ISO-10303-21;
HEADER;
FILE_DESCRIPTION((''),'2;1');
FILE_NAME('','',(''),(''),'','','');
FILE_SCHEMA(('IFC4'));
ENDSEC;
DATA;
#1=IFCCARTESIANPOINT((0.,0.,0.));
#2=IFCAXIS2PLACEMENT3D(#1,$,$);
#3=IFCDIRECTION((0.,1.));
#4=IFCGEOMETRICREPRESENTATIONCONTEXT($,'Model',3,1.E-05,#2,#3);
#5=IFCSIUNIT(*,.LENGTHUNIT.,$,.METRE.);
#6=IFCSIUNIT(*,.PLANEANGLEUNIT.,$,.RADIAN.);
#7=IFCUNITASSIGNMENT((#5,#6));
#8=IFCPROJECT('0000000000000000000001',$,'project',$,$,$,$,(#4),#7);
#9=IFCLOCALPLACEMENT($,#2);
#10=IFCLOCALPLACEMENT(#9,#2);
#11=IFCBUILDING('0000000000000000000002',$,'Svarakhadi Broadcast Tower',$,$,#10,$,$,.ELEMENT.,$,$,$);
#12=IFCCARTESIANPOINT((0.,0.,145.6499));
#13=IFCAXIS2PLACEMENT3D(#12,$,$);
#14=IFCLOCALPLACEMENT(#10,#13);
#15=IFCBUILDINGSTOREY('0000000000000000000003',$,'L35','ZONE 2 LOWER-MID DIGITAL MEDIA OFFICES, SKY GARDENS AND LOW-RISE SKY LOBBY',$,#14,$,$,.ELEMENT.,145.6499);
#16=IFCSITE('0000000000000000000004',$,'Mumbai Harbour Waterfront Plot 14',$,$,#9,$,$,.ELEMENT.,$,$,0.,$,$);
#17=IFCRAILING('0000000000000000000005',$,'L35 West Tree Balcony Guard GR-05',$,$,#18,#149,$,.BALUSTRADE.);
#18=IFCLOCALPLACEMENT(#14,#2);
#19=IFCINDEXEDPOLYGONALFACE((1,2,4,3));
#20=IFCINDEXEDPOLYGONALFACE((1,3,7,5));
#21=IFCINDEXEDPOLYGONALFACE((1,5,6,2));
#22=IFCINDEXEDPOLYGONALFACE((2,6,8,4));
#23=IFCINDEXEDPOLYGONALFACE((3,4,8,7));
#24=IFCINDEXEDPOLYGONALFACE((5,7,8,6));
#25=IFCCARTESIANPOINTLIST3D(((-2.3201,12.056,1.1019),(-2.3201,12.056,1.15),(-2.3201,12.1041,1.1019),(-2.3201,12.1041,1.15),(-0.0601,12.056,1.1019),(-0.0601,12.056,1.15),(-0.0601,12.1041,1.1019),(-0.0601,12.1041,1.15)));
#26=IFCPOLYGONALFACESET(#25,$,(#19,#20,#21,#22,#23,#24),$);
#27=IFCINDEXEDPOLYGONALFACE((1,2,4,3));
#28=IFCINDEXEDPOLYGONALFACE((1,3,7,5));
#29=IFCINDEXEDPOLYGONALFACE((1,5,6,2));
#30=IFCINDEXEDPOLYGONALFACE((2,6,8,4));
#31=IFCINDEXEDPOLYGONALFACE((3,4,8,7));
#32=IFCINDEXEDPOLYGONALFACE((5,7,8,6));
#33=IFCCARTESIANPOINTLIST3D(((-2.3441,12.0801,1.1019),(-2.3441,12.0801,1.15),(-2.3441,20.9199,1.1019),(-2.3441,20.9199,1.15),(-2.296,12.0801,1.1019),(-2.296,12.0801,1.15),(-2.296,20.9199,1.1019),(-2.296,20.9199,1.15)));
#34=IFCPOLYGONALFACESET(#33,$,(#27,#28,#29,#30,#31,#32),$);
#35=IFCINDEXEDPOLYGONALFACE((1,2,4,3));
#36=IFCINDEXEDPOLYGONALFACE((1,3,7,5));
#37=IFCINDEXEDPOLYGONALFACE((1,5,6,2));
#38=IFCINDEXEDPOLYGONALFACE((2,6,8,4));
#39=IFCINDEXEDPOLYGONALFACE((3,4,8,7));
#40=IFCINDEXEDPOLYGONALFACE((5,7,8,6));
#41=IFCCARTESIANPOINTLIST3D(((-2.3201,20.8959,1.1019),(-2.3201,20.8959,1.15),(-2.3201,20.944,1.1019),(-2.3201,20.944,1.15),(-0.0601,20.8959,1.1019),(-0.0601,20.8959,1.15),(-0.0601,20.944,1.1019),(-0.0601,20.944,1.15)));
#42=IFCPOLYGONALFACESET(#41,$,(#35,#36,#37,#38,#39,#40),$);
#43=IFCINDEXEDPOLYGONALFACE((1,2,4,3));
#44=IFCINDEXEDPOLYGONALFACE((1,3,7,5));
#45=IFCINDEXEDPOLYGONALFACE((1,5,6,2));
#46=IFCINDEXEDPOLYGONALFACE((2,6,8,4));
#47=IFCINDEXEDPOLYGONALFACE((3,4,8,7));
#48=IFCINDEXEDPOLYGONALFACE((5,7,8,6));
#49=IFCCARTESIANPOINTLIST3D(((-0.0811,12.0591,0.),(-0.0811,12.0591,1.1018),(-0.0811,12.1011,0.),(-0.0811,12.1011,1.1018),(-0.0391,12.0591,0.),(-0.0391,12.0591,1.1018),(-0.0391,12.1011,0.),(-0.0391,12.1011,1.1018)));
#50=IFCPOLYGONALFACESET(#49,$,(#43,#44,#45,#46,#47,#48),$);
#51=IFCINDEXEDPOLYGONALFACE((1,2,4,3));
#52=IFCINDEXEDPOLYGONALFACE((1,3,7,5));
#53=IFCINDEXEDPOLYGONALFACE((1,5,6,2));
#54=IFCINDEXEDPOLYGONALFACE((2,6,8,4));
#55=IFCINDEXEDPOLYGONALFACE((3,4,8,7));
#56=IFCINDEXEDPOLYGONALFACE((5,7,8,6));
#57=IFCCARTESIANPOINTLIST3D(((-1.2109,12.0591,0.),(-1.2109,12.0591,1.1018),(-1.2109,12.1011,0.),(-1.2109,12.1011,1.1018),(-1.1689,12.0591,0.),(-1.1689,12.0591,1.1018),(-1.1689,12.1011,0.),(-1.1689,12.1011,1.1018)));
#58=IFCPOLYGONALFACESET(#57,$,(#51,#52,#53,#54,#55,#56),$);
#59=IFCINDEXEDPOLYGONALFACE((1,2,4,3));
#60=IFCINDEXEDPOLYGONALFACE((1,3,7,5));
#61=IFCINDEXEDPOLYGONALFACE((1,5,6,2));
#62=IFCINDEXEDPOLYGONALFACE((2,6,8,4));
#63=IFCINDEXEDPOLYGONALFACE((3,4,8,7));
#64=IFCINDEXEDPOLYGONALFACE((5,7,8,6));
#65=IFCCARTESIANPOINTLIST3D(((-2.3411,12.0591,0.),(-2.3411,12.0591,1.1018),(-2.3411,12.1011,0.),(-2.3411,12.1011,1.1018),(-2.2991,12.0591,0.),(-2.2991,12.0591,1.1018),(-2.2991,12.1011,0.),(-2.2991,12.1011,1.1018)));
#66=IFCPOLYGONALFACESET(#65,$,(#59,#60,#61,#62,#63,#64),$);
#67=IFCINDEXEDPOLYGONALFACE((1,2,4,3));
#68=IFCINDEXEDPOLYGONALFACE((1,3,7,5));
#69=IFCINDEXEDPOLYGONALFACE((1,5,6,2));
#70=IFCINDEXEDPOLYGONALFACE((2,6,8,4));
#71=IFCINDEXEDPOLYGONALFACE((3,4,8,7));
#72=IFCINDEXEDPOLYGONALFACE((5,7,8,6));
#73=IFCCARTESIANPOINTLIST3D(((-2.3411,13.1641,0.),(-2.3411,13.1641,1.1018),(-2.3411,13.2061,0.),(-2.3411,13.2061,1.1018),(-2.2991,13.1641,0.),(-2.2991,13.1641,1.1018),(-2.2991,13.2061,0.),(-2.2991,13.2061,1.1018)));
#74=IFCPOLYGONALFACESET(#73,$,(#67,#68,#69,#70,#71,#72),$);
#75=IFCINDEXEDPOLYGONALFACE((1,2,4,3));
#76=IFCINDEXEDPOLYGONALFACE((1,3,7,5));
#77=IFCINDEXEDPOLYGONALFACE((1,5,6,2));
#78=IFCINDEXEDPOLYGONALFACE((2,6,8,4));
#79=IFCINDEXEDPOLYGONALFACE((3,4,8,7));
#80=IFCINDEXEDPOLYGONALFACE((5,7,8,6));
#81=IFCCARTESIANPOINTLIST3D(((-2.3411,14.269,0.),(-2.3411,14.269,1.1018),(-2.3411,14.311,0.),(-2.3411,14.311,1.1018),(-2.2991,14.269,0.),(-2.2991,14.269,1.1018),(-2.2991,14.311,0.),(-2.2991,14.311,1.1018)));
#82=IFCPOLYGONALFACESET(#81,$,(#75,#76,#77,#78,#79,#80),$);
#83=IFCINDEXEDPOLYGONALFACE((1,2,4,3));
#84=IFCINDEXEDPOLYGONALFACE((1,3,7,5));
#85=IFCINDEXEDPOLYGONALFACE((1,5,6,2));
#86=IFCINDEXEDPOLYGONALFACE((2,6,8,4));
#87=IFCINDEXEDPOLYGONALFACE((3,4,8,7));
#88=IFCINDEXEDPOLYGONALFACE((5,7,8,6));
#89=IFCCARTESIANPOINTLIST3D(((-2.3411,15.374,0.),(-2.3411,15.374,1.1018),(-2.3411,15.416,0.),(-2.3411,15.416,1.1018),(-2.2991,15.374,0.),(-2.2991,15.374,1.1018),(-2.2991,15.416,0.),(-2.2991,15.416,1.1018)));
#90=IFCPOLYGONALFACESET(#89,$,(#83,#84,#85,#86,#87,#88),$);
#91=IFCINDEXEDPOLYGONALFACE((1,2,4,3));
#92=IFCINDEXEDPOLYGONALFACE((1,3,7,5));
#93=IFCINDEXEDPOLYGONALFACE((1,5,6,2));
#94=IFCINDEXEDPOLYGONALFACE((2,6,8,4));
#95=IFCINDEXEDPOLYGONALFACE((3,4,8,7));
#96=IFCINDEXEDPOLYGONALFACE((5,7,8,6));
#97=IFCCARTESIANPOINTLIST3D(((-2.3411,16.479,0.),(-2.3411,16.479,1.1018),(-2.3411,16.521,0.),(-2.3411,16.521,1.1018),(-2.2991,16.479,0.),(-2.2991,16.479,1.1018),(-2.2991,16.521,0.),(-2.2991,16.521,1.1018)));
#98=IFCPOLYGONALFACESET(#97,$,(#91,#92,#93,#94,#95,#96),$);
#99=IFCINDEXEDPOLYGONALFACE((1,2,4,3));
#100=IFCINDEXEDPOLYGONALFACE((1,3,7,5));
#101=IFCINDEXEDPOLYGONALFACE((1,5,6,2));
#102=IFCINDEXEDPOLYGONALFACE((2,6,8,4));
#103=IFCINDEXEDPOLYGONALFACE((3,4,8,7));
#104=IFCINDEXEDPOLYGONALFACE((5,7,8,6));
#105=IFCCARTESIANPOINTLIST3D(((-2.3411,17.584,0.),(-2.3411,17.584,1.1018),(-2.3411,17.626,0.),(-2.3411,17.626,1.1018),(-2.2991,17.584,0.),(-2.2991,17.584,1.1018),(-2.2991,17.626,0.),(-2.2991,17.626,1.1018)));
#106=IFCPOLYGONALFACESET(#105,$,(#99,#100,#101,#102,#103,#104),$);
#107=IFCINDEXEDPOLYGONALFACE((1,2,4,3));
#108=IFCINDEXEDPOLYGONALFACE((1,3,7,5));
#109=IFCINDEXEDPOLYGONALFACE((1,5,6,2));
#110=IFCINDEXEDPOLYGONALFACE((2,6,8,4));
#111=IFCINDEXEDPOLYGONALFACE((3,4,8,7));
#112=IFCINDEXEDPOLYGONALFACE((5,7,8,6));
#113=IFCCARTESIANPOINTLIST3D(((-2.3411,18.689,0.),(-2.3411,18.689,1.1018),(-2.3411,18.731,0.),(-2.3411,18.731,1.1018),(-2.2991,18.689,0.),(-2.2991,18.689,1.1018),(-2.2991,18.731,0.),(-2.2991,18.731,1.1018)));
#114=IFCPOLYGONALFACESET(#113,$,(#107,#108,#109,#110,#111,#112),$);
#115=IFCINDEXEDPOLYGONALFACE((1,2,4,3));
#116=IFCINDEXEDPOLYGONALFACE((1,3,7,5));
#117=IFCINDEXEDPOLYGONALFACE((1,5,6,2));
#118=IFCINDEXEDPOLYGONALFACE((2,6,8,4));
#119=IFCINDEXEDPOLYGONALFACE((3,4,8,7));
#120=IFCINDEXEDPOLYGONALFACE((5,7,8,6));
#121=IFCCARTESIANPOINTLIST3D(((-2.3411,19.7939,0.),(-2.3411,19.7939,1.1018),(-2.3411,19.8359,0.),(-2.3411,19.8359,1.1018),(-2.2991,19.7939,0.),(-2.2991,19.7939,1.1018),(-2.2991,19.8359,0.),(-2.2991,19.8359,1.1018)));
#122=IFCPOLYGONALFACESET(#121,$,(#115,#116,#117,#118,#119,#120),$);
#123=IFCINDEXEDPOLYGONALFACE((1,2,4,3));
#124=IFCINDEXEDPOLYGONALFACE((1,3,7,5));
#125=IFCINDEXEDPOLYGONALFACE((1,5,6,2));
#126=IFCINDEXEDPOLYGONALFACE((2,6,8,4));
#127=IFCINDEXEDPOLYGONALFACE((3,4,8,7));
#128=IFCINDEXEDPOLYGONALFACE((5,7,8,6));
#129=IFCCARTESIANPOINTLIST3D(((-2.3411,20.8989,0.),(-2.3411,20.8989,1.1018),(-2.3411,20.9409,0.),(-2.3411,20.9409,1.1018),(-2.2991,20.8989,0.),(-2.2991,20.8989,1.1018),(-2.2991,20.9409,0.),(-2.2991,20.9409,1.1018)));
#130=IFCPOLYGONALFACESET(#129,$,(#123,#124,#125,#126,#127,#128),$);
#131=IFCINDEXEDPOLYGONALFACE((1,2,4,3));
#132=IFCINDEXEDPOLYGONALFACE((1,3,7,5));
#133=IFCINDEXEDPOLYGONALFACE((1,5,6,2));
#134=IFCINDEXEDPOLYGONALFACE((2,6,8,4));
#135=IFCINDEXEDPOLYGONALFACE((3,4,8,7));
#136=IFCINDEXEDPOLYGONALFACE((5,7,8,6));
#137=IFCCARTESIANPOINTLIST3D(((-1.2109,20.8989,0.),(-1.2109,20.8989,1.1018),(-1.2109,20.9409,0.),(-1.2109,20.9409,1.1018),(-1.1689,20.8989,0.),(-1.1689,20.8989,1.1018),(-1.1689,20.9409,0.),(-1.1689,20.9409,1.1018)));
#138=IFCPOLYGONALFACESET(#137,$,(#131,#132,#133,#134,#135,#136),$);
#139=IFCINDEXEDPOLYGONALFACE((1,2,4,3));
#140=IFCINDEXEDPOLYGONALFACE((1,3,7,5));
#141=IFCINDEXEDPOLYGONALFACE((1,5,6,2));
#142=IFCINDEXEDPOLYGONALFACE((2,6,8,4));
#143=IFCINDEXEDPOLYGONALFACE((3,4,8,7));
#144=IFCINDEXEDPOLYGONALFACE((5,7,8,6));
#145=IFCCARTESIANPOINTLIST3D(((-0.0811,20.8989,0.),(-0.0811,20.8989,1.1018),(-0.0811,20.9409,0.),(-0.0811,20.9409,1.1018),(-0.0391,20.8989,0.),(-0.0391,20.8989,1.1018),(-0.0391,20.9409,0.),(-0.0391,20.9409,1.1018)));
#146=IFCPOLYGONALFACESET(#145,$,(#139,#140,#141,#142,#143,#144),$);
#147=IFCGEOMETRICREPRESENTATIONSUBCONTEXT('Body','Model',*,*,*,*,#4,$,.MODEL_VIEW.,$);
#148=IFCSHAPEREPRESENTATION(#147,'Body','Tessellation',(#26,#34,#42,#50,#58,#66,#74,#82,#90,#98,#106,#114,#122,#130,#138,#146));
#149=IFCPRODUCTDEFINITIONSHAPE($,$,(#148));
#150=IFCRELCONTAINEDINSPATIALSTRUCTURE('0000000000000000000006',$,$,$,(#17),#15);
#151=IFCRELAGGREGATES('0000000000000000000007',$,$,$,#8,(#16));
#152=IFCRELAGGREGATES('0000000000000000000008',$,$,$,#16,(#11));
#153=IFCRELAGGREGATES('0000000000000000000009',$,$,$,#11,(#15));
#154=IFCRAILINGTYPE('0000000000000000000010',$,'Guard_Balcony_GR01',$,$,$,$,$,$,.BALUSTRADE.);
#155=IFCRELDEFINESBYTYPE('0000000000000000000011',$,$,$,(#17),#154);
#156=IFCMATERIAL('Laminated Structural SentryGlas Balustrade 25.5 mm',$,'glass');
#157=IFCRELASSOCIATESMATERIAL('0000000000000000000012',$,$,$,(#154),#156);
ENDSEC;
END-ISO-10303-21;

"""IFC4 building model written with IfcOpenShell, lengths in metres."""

from ifc_helpers import new_model, si_unit, direction, frame, origin, origin_2d, place, context, subcontext, project, spatial, rectangle, extrude, material, type_object, element, save


model = new_model("IFC4")

# Units and contexts
model_context = context("Model", 3, precision=1e-05, world=origin(), true_north=direction((0.0, 1.0)))
body_context = subcontext(model_context, "Body", "Model", "MODEL_VIEW")
ifc_project = project(units=[si_unit("LENGTHUNIT", "METRE"), si_unit("PLANEANGLEUNIT", "RADIAN")], contexts=[model_context])

# Site, building, storey
site_placement = place(None, origin())
site = spatial("IfcSite", under=ifc_project, at=site_placement, Name="Mumbai Harbour Waterfront Plot 14", CompositionType="ELEMENT", RefElevation=0.0)
building_placement = place(site_placement, origin())
building = spatial("IfcBuilding", under=site, at=building_placement, Name="Svarakhadi Broadcast Tower", CompositionType="ELEMENT")
storey_placement = place(building_placement, frame((0.0, 0.0, 145.6499)))
storey = spatial("IfcBuildingStorey", under=building, at=storey_placement, Name="L35", Description="ZONE 2 LOWER-MID DIGITAL MEDIA OFFICES, SKY GARDENS AND LOW-RISE SKY LOBBY", CompositionType="ELEMENT", Elevation=145.6499)

# Railing
ifc_material_1 = material(Name="Laminated Structural SentryGlas Balustrade 25.5 mm", Category="glass")
railing_type = type_object("IfcRailingType", Name="Guard_Balcony_GR01", PredefinedType="BALUSTRADE", material=ifc_material_1)
railing_placement = place(storey_placement, frame((-0.0601, 12.0801, 0.0)))
element("IfcRailing", 1, at=railing_placement, inside=storey, type_object=railing_type, Name="L35 West Tree Balcony Guard GR-05", PredefinedType="BALUSTRADE", context=body_context, shape_type="SweptSolid", body=[
    extrude(rectangle(XDim=0.0481, YDim=0.0481, at=origin_2d()), frame((0.0, 0.0, 1.126), z_axis=(-1.0, 0.0, 0.0), x_axis=(0.0, -1.0, 0.0)), (0.0, 0.0, 1.0), 2.26),
    extrude(rectangle(XDim=0.0481, YDim=0.0481, at=origin_2d()), frame((-2.26, 0.0, 1.126), z_axis=(0.0, 1.0, 0.0), x_axis=(-1.0, 0.0, 0.0)), (0.0, 0.0, 1.0), 8.8398),
    extrude(rectangle(XDim=0.0481, YDim=0.0481, at=origin_2d()), frame((-2.26, 8.8398, 1.126), z_axis=(1.0, 0.0, 0.0), x_axis=(0.0, 1.0, 0.0)), (0.0, 0.0, 1.0), 2.26),
    extrude(rectangle(XDim=0.042, YDim=0.042, at=origin_2d()), origin(), (0.0, 0.0, 1.0), 1.1018),
    extrude(rectangle(XDim=0.042, YDim=0.042, at=origin_2d()), frame((-1.1299, 0.0, 0.0)), (0.0, 0.0, 1.0), 1.1018),
    extrude(rectangle(XDim=0.042, YDim=0.042, at=origin_2d()), frame((-2.26, 0.0, 0.0)), (0.0, 0.0, 1.0), 1.1018),
    extrude(rectangle(XDim=0.042, YDim=0.042, at=origin_2d()), frame((-2.26, 1.105, 0.0)), (0.0, 0.0, 1.0), 1.1018),
    extrude(rectangle(XDim=0.042, YDim=0.042, at=origin_2d()), frame((-2.26, 2.21, 0.0)), (0.0, 0.0, 1.0), 1.1018),
    extrude(rectangle(XDim=0.042, YDim=0.042, at=origin_2d()), frame((-2.26, 3.3149, 0.0)), (0.0, 0.0, 1.0), 1.1018),
    extrude(rectangle(XDim=0.042, YDim=0.042, at=origin_2d()), frame((-2.26, 4.4199, 0.0)), (0.0, 0.0, 1.0), 1.1018),
    extrude(rectangle(XDim=0.042, YDim=0.042, at=origin_2d()), frame((-2.26, 5.5249, 0.0)), (0.0, 0.0, 1.0), 1.1018),
    extrude(rectangle(XDim=0.042, YDim=0.042, at=origin_2d()), frame((-2.26, 6.6299, 0.0)), (0.0, 0.0, 1.0), 1.1018),
    extrude(rectangle(XDim=0.042, YDim=0.042, at=origin_2d()), frame((-2.26, 7.7349, 0.0)), (0.0, 0.0, 1.0), 1.1018),
    extrude(rectangle(XDim=0.042, YDim=0.042, at=origin_2d()), frame((-2.26, 8.8398, 0.0)), (0.0, 0.0, 1.0), 1.1018),
    extrude(rectangle(XDim=0.042, YDim=0.042, at=origin_2d()), frame((-1.1299, 8.8398, 0.0)), (0.0, 0.0, 1.0), 1.1018),
    extrude(rectangle(XDim=0.042, YDim=0.042, at=origin_2d()), frame((0.0, 8.8398, 0.0)), (0.0, 0.0, 1.0), 1.1018),
])

save(model, "model.ifc")
